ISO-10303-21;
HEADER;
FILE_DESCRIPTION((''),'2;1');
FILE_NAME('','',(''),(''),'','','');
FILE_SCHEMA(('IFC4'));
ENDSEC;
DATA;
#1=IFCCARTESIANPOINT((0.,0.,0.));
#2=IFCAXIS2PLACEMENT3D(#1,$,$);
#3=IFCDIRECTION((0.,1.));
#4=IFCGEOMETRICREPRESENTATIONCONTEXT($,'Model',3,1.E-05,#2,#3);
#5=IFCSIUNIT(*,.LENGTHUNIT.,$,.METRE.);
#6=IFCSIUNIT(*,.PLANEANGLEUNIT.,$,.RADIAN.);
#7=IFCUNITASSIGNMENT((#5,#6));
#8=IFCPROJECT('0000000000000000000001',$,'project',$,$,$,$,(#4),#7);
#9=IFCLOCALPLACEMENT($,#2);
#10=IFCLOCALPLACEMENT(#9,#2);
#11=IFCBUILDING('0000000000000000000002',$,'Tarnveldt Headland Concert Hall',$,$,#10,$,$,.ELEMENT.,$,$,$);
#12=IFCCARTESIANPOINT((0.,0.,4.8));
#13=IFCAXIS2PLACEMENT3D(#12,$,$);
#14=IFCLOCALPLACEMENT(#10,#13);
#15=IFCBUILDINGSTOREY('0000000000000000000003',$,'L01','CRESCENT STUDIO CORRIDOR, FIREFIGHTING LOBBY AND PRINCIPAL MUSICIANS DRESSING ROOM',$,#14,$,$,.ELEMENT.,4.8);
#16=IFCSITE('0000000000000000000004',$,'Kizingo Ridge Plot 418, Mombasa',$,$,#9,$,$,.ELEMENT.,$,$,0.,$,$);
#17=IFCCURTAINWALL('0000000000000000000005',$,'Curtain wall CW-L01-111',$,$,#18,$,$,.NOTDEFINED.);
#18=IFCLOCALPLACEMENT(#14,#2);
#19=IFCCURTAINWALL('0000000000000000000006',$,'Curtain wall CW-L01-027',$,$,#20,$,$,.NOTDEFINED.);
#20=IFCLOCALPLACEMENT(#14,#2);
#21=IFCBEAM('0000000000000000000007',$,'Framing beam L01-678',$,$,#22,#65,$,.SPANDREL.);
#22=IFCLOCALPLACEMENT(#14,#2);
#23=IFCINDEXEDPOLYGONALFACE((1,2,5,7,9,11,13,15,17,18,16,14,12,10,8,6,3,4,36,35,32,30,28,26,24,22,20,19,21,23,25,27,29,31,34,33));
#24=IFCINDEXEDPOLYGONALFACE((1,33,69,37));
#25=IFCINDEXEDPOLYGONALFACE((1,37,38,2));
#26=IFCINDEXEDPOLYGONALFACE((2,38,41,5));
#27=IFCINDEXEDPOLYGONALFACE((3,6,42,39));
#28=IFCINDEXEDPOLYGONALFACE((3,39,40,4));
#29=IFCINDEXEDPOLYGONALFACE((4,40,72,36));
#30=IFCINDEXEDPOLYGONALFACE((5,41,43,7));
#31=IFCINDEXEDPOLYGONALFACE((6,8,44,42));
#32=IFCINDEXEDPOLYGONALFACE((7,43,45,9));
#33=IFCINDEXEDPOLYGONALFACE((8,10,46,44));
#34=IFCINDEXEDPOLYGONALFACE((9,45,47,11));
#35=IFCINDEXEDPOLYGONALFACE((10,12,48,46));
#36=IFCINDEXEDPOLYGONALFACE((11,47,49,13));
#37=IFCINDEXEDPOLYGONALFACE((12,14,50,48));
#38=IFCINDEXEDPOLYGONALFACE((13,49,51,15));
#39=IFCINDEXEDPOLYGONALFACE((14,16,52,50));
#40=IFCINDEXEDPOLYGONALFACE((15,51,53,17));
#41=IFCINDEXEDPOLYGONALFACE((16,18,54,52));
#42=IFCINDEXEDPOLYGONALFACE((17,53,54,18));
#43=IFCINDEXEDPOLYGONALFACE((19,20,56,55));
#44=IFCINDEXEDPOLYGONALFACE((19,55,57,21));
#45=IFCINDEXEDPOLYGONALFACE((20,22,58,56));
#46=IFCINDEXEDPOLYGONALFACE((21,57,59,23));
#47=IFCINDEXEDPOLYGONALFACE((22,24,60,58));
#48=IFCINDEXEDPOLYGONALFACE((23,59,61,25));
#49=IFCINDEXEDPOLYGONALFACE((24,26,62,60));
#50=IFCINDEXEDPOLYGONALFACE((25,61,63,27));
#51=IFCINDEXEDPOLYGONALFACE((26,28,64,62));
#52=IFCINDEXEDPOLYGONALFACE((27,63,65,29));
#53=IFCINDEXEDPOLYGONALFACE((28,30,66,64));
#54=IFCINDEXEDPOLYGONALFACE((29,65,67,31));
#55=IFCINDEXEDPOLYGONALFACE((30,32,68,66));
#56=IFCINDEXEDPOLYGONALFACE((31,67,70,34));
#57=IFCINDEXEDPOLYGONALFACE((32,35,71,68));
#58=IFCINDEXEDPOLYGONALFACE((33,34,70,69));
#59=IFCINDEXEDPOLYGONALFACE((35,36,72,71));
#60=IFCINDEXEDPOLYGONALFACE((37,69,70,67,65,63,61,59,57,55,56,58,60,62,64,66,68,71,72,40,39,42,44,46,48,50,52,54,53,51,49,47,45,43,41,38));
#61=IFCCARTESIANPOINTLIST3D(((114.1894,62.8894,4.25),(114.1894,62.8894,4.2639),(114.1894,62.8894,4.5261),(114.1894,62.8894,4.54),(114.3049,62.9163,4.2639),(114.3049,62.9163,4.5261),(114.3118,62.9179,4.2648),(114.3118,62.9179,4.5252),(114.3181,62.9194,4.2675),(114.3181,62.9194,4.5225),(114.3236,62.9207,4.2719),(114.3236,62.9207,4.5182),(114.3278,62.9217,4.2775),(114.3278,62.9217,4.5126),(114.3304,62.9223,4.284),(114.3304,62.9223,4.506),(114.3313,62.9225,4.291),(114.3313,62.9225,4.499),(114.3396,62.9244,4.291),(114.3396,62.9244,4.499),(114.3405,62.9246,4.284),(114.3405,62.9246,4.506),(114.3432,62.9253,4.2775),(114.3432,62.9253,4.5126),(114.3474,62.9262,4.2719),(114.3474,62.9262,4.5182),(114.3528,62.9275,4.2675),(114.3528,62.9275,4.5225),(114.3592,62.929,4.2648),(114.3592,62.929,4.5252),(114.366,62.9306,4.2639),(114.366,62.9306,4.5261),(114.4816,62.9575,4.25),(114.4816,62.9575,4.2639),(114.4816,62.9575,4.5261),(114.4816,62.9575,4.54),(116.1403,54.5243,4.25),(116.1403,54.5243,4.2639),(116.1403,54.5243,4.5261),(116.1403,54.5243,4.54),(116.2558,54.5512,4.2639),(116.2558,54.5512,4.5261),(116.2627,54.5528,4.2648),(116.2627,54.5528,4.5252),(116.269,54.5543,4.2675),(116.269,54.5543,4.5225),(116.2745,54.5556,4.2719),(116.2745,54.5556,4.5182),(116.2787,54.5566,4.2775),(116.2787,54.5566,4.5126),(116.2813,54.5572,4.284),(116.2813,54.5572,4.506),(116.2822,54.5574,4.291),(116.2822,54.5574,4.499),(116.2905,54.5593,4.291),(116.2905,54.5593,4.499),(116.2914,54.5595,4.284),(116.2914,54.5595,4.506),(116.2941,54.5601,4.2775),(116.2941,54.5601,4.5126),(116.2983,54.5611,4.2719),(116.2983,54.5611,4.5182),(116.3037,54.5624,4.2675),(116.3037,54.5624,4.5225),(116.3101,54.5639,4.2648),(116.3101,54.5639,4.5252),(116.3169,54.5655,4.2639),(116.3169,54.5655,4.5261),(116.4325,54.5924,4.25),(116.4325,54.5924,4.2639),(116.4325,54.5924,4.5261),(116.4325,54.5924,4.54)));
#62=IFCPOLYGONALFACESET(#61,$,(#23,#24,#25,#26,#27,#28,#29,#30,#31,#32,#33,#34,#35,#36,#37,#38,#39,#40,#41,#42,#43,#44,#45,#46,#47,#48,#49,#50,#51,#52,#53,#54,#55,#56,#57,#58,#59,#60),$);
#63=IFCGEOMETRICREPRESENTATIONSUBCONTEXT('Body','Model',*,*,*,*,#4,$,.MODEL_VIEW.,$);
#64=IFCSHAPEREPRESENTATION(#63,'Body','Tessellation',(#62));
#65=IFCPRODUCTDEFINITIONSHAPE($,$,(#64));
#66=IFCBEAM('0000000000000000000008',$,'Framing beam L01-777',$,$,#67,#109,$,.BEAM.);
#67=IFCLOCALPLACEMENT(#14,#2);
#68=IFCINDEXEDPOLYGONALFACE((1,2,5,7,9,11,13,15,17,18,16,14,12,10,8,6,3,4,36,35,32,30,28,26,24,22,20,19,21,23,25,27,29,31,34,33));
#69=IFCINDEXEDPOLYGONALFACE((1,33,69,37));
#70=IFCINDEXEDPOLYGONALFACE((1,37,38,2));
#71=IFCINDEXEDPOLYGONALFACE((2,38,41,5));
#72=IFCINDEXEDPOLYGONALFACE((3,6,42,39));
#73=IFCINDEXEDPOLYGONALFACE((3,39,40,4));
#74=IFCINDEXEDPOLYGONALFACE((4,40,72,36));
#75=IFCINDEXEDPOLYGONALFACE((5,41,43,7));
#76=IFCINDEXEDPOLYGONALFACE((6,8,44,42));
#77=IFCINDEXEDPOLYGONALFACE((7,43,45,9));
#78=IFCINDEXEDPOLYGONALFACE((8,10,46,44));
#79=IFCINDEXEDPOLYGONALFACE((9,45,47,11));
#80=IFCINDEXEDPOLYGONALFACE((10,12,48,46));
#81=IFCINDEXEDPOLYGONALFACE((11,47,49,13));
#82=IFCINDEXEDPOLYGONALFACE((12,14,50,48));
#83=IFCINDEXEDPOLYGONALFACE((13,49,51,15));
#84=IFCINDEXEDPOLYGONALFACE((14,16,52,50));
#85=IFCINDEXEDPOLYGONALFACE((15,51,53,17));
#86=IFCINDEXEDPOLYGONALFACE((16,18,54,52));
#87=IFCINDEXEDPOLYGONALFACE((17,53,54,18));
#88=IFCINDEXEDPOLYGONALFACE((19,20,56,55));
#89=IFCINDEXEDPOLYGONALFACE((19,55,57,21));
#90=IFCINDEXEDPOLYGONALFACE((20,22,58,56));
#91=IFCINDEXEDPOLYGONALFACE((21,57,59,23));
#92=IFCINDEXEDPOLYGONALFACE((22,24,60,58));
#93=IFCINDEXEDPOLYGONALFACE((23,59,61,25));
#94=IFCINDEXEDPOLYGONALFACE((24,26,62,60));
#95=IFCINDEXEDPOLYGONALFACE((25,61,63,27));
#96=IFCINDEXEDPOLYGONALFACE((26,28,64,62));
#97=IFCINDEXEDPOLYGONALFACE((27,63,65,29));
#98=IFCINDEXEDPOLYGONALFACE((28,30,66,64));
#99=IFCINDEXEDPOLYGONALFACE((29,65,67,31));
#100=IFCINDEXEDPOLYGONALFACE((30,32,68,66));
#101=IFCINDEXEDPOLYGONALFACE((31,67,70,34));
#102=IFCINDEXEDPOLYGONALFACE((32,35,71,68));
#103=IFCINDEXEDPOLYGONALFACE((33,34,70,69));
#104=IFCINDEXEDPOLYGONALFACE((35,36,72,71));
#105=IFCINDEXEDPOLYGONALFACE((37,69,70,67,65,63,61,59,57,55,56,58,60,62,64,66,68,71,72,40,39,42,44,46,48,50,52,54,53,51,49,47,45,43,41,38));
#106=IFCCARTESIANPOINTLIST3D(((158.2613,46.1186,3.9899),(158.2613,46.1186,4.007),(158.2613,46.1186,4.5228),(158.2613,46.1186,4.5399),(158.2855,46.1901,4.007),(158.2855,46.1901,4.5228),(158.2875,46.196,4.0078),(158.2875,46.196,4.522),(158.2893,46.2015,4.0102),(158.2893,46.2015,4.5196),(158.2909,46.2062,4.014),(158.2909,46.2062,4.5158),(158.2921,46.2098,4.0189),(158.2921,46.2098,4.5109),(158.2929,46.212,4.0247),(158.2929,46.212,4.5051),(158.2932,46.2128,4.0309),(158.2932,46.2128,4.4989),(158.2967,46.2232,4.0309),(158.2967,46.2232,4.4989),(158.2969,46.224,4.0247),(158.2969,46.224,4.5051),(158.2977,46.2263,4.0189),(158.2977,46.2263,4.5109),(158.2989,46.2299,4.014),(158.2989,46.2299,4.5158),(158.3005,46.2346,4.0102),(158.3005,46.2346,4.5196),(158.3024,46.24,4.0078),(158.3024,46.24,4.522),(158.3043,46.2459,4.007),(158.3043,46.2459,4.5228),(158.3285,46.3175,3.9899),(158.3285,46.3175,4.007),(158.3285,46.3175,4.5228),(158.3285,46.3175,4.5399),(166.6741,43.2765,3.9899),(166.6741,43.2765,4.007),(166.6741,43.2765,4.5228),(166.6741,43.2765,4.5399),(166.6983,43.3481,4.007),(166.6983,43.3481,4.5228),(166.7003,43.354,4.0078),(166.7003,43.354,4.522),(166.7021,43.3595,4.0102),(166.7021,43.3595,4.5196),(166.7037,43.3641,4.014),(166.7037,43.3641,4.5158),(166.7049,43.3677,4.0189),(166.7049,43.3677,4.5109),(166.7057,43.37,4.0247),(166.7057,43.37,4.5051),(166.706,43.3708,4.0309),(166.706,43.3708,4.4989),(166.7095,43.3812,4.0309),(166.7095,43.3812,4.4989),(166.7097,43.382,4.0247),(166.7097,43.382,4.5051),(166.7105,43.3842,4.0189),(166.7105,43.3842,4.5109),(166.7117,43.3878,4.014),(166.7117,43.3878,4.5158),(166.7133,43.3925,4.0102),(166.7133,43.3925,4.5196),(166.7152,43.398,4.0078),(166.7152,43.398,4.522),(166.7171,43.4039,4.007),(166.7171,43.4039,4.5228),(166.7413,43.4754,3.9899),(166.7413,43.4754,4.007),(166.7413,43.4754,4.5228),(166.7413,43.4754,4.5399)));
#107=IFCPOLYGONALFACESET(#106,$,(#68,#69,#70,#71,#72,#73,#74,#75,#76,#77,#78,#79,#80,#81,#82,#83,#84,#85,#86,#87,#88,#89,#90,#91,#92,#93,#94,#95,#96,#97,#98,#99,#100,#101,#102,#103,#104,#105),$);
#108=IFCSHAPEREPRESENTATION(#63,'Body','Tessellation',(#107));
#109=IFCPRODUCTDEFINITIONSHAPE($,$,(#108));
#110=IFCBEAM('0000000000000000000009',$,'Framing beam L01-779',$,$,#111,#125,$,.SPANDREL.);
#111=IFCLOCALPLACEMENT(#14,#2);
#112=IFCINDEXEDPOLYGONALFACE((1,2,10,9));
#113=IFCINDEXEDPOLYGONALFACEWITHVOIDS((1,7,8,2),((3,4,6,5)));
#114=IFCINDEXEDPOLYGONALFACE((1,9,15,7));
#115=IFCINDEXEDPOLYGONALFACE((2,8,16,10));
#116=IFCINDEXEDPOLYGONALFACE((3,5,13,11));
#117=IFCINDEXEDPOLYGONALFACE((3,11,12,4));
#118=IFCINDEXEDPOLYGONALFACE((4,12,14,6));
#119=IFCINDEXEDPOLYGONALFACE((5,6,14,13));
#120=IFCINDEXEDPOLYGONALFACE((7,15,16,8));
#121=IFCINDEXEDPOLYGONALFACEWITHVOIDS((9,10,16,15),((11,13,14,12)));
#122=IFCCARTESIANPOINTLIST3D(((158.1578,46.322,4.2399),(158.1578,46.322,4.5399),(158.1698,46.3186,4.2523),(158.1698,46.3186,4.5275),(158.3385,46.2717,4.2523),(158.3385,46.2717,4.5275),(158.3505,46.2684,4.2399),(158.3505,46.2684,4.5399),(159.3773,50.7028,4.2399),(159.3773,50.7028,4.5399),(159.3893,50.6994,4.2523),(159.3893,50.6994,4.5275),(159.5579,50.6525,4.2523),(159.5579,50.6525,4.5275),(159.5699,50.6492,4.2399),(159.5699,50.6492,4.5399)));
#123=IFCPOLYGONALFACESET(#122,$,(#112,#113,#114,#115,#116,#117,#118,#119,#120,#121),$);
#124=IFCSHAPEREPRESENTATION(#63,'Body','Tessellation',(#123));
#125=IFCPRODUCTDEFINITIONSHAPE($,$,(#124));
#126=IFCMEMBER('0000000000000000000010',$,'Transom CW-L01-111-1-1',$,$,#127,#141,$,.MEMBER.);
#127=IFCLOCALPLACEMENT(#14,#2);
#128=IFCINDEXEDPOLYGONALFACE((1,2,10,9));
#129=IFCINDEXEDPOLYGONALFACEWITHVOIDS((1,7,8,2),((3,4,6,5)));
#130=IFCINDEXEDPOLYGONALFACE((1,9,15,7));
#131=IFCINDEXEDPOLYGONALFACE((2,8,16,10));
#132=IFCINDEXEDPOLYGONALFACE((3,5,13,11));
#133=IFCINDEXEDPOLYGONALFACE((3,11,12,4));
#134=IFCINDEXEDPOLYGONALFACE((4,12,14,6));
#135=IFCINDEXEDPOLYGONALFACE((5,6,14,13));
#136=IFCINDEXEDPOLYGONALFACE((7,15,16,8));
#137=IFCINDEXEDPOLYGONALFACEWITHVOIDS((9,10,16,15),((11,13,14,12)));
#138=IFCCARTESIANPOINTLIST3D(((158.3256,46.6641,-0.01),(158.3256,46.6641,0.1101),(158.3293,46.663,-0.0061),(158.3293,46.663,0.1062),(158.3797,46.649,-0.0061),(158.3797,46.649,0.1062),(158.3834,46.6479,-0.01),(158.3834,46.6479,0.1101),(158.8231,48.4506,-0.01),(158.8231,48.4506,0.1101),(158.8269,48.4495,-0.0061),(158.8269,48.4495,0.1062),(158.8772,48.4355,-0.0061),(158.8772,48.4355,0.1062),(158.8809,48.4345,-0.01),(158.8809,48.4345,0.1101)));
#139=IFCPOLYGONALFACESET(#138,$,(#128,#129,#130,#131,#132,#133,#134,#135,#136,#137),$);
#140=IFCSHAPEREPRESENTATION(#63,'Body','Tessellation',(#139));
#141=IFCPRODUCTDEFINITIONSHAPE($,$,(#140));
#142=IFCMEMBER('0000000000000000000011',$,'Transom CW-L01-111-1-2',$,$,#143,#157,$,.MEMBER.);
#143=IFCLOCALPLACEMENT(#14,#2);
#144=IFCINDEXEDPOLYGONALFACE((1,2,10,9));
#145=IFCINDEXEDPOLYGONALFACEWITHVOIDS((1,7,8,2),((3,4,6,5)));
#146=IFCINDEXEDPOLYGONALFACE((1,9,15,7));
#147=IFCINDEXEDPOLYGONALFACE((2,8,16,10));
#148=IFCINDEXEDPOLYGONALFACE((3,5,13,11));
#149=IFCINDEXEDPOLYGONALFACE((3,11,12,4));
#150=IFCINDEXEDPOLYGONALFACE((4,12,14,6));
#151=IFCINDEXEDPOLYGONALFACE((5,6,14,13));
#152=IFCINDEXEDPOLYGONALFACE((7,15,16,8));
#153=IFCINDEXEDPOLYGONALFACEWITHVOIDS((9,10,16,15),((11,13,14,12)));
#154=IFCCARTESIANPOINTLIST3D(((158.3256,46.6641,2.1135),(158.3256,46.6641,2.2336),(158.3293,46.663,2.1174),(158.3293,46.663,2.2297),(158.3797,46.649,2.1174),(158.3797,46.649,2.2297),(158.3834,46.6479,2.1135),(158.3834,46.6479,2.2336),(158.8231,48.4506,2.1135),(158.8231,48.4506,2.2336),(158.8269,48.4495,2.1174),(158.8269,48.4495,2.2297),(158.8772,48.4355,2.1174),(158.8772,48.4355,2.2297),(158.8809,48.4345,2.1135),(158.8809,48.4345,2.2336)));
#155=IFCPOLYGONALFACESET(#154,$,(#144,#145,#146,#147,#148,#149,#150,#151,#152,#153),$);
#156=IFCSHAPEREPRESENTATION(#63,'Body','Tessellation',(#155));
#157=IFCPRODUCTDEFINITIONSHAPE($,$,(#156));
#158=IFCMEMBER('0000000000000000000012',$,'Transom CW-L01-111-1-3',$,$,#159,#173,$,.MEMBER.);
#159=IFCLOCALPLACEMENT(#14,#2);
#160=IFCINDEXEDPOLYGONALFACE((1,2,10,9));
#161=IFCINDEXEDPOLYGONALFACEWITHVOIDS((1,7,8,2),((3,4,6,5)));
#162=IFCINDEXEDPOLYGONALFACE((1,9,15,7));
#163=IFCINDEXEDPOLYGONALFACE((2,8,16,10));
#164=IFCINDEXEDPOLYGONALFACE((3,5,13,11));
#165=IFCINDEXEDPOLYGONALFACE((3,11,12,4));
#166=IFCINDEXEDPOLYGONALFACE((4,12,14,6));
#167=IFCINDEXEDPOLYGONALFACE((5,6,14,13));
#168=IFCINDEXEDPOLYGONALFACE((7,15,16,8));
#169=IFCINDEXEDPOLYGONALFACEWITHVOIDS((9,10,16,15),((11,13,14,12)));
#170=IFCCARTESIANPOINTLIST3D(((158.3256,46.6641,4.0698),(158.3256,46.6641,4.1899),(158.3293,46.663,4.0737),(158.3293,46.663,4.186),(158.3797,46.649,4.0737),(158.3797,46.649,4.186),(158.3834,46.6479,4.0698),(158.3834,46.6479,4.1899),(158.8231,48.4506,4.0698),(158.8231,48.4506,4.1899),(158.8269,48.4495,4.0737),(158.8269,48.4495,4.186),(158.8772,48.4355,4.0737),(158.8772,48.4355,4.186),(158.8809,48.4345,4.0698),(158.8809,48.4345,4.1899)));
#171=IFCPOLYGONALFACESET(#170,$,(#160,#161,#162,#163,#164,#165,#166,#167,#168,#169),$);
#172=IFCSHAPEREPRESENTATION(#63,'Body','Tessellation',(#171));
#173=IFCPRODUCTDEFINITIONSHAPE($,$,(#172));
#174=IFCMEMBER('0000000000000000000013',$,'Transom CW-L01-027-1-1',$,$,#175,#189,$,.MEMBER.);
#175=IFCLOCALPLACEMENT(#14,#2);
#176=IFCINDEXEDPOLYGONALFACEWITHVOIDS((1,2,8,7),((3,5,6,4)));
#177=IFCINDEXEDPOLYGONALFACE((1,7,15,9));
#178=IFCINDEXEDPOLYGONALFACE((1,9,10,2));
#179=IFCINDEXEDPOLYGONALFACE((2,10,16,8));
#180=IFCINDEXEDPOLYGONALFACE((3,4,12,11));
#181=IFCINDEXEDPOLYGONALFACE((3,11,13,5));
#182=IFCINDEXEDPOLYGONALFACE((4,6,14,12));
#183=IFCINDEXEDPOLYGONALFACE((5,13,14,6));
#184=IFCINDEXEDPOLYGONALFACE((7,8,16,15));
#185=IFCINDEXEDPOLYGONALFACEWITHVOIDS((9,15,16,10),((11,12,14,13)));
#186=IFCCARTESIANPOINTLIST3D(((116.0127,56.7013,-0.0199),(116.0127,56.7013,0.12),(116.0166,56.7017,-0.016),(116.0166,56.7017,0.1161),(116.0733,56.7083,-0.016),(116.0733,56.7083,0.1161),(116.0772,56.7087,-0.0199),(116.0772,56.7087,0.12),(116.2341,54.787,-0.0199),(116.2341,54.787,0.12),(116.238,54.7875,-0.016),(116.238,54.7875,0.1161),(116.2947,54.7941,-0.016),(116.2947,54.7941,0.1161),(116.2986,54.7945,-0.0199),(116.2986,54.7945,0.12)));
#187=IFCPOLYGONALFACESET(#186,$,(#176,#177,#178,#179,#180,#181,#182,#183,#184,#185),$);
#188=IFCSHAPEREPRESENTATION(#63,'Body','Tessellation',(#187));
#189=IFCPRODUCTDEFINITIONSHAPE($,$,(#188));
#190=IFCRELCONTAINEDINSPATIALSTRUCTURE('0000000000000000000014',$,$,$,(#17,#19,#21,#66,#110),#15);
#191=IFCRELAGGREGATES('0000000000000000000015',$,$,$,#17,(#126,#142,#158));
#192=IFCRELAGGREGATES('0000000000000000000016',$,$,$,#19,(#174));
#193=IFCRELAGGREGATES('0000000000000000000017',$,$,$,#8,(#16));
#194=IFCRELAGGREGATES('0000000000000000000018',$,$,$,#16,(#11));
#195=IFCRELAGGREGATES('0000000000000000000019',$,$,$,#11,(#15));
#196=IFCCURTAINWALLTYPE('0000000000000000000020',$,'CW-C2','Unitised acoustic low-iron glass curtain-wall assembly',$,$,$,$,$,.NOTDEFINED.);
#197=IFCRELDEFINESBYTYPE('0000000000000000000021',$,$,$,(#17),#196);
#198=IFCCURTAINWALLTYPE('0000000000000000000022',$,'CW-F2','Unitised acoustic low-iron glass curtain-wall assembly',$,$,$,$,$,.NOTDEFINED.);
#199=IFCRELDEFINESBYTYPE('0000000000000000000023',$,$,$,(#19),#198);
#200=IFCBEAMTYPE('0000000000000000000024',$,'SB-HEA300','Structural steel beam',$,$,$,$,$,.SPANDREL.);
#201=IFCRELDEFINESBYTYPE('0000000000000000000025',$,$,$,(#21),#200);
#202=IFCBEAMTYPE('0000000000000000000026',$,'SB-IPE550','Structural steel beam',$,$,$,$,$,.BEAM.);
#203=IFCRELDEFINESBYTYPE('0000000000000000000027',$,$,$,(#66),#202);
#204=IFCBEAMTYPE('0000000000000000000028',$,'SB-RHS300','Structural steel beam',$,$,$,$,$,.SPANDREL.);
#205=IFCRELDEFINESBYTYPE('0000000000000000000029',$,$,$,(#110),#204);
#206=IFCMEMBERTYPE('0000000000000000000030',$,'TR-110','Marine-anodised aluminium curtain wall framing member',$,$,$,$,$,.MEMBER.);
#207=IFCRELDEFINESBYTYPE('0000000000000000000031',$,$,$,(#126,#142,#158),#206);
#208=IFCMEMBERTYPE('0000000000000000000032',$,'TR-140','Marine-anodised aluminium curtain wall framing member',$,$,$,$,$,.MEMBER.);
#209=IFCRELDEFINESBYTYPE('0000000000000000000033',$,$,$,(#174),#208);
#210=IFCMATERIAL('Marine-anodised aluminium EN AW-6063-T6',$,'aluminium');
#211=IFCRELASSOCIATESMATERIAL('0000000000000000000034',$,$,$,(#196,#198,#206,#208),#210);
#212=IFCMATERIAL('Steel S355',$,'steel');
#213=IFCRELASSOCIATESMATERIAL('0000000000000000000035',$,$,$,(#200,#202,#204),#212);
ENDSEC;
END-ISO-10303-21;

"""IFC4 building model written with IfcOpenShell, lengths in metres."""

from ifc_helpers import new_model, si_unit, direction, frame, origin, origin_2d, place, context, subcontext, project, spatial, hollow_rectangle, i_section, extrude, material, material_profile, profile_set, type_object, element, aggregate, save


model = new_model("IFC4")

# Units and contexts
model_context = context("Model", 3, precision=1e-05, world=origin(), true_north=direction((0.0, 1.0)))
body_context = subcontext(model_context, "Body", "Model", "MODEL_VIEW")
ifc_project = project(units=[si_unit("LENGTHUNIT", "METRE"), si_unit("PLANEANGLEUNIT", "RADIAN")], contexts=[model_context])

# Site, building, storey
site_placement = place(None, origin())
site = spatial("IfcSite", under=ifc_project, at=site_placement, Name="Kizingo Ridge Plot 418, Mombasa", CompositionType="ELEMENT", RefElevation=0.0)
building_placement = place(site_placement, origin())
building = spatial("IfcBuilding", under=site, at=building_placement, Name="Tarnveldt Headland Concert Hall", CompositionType="ELEMENT")
storey_placement = place(building_placement, frame((0.0, 0.0, 4.8)))
storey = spatial("IfcBuildingStorey", under=building, at=storey_placement, Name="L01", Description="CRESCENT STUDIO CORRIDOR, FIREFIGHTING LOBBY AND PRINCIPAL MUSICIANS DRESSING ROOM", CompositionType="ELEMENT", Elevation=4.8)

# Shared definitions
ifc_material_1 = material(Name="Steel S355", Category="steel")

# Curtain wall
ifc_material_2 = material(Name="Marine-anodised aluminium EN AW-6063-T6", Category="aluminium")
curtain_wall_type_1 = type_object("IfcCurtainWallType", Name="CW-C2", Description="Unitised acoustic low-iron glass curtain-wall assembly", PredefinedType="NOTDEFINED", material=ifc_material_2)
curtain_wall_1_placement = place(storey_placement, origin())
curtain_wall_1 = element("IfcCurtainWall", 1, at=curtain_wall_1_placement, inside=storey, type_object=curtain_wall_type_1, Name="Curtain wall CW-L01-111", PredefinedType="NOTDEFINED")

# Curtain wall
curtain_wall_type_2 = type_object("IfcCurtainWallType", Name="CW-F2", Description="Unitised acoustic low-iron glass curtain-wall assembly", PredefinedType="NOTDEFINED", material=ifc_material_2)
curtain_wall_2_placement = place(storey_placement, origin())
curtain_wall_2 = element("IfcCurtainWall", 2, at=curtain_wall_2_placement, inside=storey, type_object=curtain_wall_type_2, Name="Curtain wall CW-L01-027", PredefinedType="NOTDEFINED")

# Beams
ifc_material_profile_1 = material_profile(ifc_material_1, i_section(OverallWidth=0.3, OverallDepth=0.29, WebThickness=0.0085, FlangeThickness=0.0139, FilletRadius=0.0271, at=origin_2d()), Name="HEA300", Category="steel")
ifc_profile_set_1 = profile_set([ifc_material_profile_1], Name="Steel S355")
beam_type_1 = type_object("IfcBeamType", Name="SB-HEA300", Description="Structural steel beam", PredefinedType="SPANDREL", material=ifc_profile_set_1)
beam_1_placement = place(storey_placement, frame((116.2864, 54.5583, 4.395), z_axis=(-0.227124, 0.973866, 0.0), x_axis=(-0.973866, -0.227124, 0.0)))
element("IfcBeam", 3, at=beam_1_placement, inside=storey, type_object=beam_type_1, Name="Framing beam L01-678", PredefinedType="SPANDREL", context=body_context, shape_type="SweptSolid", body=[
    extrude(i_section(OverallWidth=0.3, OverallDepth=0.29, WebThickness=0.0085, FlangeThickness=0.0139, FilletRadius=0.0271, at=origin_2d()), origin(), (0.0, 0.0, 1.0), 8.5896),
])
ifc_material_profile_2 = material_profile(ifc_material_1, i_section(OverallWidth=0.21, OverallDepth=0.55, WebThickness=0.011, FlangeThickness=0.0171, FilletRadius=0.0239, at=origin_2d()), Name="IPE550", Category="steel")
ifc_profile_set_2 = profile_set([ifc_material_profile_2], Name="Steel S355")
beam_type_2 = type_object("IfcBeamType", Name="SB-IPE550", Description="Structural steel beam", PredefinedType="BEAM", material=ifc_profile_set_2)
beam_2_placement = place(storey_placement, frame((158.2949, 46.218, 4.2649), z_axis=(0.9474, -0.320052, 0.0), x_axis=(0.320052, 0.9474, 0.0)))
element("IfcBeam", 4, at=beam_2_placement, inside=storey, type_object=beam_type_2, Name="Framing beam L01-777", PredefinedType="BEAM", context=body_context, shape_type="SweptSolid", body=[
    extrude(i_section(OverallWidth=0.21, OverallDepth=0.55, WebThickness=0.011, FlangeThickness=0.0171, FilletRadius=0.0239, at=origin_2d()), origin(), (0.0, 0.0, 1.0), 8.8799),
])
ifc_material_profile_3 = material_profile(ifc_material_1, hollow_rectangle(XDim=0.2, YDim=0.3, WallThickness=0.0125, at=origin_2d()), Name="RHS 300x200x12.5", Category="steel")
ifc_profile_set_3 = profile_set([ifc_material_profile_3], Name="Steel S355")
beam_type_3 = type_object("IfcBeamType", Name="SB-RHS300", Description="Structural steel beam", PredefinedType="SPANDREL", material=ifc_profile_set_3)
beam_3_placement = place(storey_placement, frame((158.2542, 46.2952, 4.3899), z_axis=(0.26817, 0.963372, 0.0), x_axis=(-0.963372, 0.26817, 0.0)))
element("IfcBeam", 5, at=beam_3_placement, inside=storey, type_object=beam_type_3, Name="Framing beam L01-779", PredefinedType="SPANDREL", context=body_context, shape_type="SweptSolid", body=[
    extrude(hollow_rectangle(XDim=0.2, YDim=0.3, WallThickness=0.0125, at=origin_2d()), origin(), (0.0, 0.0, 1.0), 4.5474),
])

# Members
ifc_material_profile_4 = material_profile(ifc_material_2, hollow_rectangle(XDim=0.0601, YDim=0.1201, WallThickness=0.0039, at=origin_2d()), Name="ALU TRANSOM 60x120x4", Category="aluminium")
ifc_profile_set_4 = profile_set([ifc_material_profile_4], Name="Marine-anodised aluminium EN AW-6063-T6")
member_type_1 = type_object("IfcMemberType", Name="TR-110", Description="Marine-anodised aluminium curtain wall framing member", PredefinedType="MEMBER", material=ifc_profile_set_4)
member_1_placement = place(storey_placement, frame((158.3545, 46.656, 0.05), z_axis=(0.268282, 0.96334, 0.0), x_axis=(-0.96334, 0.268282, 0.0)))
member_1 = element("IfcMember", 6, at=member_1_placement, type_object=member_type_1, Name="Transom CW-L01-111-1-1", PredefinedType="MEMBER", context=body_context, shape_type="SweptSolid", body=[
    extrude(hollow_rectangle(XDim=0.0601, YDim=0.1201, WallThickness=0.0039, at=origin_2d()), origin(), (0.0, 0.0, 1.0), 1.8545),
])
member_2_placement = place(storey_placement, frame((158.3545, 46.656, 2.1736), z_axis=(0.268282, 0.96334, 0.0), x_axis=(-0.96334, 0.268282, 0.0)))
member_2 = element("IfcMember", 7, at=member_2_placement, type_object=member_type_1, Name="Transom CW-L01-111-1-2", PredefinedType="MEMBER", context=body_context, shape_type="SweptSolid", body=[
    extrude(hollow_rectangle(XDim=0.0601, YDim=0.1201, WallThickness=0.0039, at=origin_2d()), origin(), (0.0, 0.0, 1.0), 1.8545),
])
member_3_placement = place(storey_placement, frame((158.3545, 46.656, 4.1299), z_axis=(0.268282, 0.96334, 0.0), x_axis=(-0.96334, 0.268282, 0.0)))
member_3 = element("IfcMember", 8, at=member_3_placement, type_object=member_type_1, Name="Transom CW-L01-111-1-3", PredefinedType="MEMBER", context=body_context, shape_type="SweptSolid", body=[
    extrude(hollow_rectangle(XDim=0.0601, YDim=0.1201, WallThickness=0.0039, at=origin_2d()), origin(), (0.0, 0.0, 1.0), 1.8545),
])
ifc_material_profile_5 = material_profile(ifc_material_2, hollow_rectangle(XDim=0.0649, YDim=0.1399, WallThickness=0.0039, at=origin_2d()), Name="ALU TRANSOM 65x140x4", Category="aluminium")
ifc_profile_set_5 = profile_set([ifc_material_profile_5], Name="Marine-anodised aluminium EN AW-6063-T6")
member_type_2 = type_object("IfcMemberType", Name="TR-140", Description="Marine-anodised aluminium curtain wall framing member", PredefinedType="MEMBER", material=ifc_profile_set_5)
member_4_placement = place(storey_placement, frame((116.2664, 54.7908, 0.05), z_axis=(-0.114908, 0.993376, 0.0), x_axis=(-0.993376, -0.114908, 0.0)))
member_4 = element("IfcMember", 9, at=member_4_placement, type_object=member_type_2, Name="Transom CW-L01-027-1-1", PredefinedType="MEMBER", context=body_context, shape_type="SweptSolid", body=[
    extrude(hollow_rectangle(XDim=0.0649, YDim=0.1399, WallThickness=0.0039, at=origin_2d()), origin(), (0.0, 0.0, 1.0), 1.927),
])

aggregate(curtain_wall_1, [member_1, member_2, member_3])
aggregate(curtain_wall_2, [member_4])

save(model, "model.ifc")
